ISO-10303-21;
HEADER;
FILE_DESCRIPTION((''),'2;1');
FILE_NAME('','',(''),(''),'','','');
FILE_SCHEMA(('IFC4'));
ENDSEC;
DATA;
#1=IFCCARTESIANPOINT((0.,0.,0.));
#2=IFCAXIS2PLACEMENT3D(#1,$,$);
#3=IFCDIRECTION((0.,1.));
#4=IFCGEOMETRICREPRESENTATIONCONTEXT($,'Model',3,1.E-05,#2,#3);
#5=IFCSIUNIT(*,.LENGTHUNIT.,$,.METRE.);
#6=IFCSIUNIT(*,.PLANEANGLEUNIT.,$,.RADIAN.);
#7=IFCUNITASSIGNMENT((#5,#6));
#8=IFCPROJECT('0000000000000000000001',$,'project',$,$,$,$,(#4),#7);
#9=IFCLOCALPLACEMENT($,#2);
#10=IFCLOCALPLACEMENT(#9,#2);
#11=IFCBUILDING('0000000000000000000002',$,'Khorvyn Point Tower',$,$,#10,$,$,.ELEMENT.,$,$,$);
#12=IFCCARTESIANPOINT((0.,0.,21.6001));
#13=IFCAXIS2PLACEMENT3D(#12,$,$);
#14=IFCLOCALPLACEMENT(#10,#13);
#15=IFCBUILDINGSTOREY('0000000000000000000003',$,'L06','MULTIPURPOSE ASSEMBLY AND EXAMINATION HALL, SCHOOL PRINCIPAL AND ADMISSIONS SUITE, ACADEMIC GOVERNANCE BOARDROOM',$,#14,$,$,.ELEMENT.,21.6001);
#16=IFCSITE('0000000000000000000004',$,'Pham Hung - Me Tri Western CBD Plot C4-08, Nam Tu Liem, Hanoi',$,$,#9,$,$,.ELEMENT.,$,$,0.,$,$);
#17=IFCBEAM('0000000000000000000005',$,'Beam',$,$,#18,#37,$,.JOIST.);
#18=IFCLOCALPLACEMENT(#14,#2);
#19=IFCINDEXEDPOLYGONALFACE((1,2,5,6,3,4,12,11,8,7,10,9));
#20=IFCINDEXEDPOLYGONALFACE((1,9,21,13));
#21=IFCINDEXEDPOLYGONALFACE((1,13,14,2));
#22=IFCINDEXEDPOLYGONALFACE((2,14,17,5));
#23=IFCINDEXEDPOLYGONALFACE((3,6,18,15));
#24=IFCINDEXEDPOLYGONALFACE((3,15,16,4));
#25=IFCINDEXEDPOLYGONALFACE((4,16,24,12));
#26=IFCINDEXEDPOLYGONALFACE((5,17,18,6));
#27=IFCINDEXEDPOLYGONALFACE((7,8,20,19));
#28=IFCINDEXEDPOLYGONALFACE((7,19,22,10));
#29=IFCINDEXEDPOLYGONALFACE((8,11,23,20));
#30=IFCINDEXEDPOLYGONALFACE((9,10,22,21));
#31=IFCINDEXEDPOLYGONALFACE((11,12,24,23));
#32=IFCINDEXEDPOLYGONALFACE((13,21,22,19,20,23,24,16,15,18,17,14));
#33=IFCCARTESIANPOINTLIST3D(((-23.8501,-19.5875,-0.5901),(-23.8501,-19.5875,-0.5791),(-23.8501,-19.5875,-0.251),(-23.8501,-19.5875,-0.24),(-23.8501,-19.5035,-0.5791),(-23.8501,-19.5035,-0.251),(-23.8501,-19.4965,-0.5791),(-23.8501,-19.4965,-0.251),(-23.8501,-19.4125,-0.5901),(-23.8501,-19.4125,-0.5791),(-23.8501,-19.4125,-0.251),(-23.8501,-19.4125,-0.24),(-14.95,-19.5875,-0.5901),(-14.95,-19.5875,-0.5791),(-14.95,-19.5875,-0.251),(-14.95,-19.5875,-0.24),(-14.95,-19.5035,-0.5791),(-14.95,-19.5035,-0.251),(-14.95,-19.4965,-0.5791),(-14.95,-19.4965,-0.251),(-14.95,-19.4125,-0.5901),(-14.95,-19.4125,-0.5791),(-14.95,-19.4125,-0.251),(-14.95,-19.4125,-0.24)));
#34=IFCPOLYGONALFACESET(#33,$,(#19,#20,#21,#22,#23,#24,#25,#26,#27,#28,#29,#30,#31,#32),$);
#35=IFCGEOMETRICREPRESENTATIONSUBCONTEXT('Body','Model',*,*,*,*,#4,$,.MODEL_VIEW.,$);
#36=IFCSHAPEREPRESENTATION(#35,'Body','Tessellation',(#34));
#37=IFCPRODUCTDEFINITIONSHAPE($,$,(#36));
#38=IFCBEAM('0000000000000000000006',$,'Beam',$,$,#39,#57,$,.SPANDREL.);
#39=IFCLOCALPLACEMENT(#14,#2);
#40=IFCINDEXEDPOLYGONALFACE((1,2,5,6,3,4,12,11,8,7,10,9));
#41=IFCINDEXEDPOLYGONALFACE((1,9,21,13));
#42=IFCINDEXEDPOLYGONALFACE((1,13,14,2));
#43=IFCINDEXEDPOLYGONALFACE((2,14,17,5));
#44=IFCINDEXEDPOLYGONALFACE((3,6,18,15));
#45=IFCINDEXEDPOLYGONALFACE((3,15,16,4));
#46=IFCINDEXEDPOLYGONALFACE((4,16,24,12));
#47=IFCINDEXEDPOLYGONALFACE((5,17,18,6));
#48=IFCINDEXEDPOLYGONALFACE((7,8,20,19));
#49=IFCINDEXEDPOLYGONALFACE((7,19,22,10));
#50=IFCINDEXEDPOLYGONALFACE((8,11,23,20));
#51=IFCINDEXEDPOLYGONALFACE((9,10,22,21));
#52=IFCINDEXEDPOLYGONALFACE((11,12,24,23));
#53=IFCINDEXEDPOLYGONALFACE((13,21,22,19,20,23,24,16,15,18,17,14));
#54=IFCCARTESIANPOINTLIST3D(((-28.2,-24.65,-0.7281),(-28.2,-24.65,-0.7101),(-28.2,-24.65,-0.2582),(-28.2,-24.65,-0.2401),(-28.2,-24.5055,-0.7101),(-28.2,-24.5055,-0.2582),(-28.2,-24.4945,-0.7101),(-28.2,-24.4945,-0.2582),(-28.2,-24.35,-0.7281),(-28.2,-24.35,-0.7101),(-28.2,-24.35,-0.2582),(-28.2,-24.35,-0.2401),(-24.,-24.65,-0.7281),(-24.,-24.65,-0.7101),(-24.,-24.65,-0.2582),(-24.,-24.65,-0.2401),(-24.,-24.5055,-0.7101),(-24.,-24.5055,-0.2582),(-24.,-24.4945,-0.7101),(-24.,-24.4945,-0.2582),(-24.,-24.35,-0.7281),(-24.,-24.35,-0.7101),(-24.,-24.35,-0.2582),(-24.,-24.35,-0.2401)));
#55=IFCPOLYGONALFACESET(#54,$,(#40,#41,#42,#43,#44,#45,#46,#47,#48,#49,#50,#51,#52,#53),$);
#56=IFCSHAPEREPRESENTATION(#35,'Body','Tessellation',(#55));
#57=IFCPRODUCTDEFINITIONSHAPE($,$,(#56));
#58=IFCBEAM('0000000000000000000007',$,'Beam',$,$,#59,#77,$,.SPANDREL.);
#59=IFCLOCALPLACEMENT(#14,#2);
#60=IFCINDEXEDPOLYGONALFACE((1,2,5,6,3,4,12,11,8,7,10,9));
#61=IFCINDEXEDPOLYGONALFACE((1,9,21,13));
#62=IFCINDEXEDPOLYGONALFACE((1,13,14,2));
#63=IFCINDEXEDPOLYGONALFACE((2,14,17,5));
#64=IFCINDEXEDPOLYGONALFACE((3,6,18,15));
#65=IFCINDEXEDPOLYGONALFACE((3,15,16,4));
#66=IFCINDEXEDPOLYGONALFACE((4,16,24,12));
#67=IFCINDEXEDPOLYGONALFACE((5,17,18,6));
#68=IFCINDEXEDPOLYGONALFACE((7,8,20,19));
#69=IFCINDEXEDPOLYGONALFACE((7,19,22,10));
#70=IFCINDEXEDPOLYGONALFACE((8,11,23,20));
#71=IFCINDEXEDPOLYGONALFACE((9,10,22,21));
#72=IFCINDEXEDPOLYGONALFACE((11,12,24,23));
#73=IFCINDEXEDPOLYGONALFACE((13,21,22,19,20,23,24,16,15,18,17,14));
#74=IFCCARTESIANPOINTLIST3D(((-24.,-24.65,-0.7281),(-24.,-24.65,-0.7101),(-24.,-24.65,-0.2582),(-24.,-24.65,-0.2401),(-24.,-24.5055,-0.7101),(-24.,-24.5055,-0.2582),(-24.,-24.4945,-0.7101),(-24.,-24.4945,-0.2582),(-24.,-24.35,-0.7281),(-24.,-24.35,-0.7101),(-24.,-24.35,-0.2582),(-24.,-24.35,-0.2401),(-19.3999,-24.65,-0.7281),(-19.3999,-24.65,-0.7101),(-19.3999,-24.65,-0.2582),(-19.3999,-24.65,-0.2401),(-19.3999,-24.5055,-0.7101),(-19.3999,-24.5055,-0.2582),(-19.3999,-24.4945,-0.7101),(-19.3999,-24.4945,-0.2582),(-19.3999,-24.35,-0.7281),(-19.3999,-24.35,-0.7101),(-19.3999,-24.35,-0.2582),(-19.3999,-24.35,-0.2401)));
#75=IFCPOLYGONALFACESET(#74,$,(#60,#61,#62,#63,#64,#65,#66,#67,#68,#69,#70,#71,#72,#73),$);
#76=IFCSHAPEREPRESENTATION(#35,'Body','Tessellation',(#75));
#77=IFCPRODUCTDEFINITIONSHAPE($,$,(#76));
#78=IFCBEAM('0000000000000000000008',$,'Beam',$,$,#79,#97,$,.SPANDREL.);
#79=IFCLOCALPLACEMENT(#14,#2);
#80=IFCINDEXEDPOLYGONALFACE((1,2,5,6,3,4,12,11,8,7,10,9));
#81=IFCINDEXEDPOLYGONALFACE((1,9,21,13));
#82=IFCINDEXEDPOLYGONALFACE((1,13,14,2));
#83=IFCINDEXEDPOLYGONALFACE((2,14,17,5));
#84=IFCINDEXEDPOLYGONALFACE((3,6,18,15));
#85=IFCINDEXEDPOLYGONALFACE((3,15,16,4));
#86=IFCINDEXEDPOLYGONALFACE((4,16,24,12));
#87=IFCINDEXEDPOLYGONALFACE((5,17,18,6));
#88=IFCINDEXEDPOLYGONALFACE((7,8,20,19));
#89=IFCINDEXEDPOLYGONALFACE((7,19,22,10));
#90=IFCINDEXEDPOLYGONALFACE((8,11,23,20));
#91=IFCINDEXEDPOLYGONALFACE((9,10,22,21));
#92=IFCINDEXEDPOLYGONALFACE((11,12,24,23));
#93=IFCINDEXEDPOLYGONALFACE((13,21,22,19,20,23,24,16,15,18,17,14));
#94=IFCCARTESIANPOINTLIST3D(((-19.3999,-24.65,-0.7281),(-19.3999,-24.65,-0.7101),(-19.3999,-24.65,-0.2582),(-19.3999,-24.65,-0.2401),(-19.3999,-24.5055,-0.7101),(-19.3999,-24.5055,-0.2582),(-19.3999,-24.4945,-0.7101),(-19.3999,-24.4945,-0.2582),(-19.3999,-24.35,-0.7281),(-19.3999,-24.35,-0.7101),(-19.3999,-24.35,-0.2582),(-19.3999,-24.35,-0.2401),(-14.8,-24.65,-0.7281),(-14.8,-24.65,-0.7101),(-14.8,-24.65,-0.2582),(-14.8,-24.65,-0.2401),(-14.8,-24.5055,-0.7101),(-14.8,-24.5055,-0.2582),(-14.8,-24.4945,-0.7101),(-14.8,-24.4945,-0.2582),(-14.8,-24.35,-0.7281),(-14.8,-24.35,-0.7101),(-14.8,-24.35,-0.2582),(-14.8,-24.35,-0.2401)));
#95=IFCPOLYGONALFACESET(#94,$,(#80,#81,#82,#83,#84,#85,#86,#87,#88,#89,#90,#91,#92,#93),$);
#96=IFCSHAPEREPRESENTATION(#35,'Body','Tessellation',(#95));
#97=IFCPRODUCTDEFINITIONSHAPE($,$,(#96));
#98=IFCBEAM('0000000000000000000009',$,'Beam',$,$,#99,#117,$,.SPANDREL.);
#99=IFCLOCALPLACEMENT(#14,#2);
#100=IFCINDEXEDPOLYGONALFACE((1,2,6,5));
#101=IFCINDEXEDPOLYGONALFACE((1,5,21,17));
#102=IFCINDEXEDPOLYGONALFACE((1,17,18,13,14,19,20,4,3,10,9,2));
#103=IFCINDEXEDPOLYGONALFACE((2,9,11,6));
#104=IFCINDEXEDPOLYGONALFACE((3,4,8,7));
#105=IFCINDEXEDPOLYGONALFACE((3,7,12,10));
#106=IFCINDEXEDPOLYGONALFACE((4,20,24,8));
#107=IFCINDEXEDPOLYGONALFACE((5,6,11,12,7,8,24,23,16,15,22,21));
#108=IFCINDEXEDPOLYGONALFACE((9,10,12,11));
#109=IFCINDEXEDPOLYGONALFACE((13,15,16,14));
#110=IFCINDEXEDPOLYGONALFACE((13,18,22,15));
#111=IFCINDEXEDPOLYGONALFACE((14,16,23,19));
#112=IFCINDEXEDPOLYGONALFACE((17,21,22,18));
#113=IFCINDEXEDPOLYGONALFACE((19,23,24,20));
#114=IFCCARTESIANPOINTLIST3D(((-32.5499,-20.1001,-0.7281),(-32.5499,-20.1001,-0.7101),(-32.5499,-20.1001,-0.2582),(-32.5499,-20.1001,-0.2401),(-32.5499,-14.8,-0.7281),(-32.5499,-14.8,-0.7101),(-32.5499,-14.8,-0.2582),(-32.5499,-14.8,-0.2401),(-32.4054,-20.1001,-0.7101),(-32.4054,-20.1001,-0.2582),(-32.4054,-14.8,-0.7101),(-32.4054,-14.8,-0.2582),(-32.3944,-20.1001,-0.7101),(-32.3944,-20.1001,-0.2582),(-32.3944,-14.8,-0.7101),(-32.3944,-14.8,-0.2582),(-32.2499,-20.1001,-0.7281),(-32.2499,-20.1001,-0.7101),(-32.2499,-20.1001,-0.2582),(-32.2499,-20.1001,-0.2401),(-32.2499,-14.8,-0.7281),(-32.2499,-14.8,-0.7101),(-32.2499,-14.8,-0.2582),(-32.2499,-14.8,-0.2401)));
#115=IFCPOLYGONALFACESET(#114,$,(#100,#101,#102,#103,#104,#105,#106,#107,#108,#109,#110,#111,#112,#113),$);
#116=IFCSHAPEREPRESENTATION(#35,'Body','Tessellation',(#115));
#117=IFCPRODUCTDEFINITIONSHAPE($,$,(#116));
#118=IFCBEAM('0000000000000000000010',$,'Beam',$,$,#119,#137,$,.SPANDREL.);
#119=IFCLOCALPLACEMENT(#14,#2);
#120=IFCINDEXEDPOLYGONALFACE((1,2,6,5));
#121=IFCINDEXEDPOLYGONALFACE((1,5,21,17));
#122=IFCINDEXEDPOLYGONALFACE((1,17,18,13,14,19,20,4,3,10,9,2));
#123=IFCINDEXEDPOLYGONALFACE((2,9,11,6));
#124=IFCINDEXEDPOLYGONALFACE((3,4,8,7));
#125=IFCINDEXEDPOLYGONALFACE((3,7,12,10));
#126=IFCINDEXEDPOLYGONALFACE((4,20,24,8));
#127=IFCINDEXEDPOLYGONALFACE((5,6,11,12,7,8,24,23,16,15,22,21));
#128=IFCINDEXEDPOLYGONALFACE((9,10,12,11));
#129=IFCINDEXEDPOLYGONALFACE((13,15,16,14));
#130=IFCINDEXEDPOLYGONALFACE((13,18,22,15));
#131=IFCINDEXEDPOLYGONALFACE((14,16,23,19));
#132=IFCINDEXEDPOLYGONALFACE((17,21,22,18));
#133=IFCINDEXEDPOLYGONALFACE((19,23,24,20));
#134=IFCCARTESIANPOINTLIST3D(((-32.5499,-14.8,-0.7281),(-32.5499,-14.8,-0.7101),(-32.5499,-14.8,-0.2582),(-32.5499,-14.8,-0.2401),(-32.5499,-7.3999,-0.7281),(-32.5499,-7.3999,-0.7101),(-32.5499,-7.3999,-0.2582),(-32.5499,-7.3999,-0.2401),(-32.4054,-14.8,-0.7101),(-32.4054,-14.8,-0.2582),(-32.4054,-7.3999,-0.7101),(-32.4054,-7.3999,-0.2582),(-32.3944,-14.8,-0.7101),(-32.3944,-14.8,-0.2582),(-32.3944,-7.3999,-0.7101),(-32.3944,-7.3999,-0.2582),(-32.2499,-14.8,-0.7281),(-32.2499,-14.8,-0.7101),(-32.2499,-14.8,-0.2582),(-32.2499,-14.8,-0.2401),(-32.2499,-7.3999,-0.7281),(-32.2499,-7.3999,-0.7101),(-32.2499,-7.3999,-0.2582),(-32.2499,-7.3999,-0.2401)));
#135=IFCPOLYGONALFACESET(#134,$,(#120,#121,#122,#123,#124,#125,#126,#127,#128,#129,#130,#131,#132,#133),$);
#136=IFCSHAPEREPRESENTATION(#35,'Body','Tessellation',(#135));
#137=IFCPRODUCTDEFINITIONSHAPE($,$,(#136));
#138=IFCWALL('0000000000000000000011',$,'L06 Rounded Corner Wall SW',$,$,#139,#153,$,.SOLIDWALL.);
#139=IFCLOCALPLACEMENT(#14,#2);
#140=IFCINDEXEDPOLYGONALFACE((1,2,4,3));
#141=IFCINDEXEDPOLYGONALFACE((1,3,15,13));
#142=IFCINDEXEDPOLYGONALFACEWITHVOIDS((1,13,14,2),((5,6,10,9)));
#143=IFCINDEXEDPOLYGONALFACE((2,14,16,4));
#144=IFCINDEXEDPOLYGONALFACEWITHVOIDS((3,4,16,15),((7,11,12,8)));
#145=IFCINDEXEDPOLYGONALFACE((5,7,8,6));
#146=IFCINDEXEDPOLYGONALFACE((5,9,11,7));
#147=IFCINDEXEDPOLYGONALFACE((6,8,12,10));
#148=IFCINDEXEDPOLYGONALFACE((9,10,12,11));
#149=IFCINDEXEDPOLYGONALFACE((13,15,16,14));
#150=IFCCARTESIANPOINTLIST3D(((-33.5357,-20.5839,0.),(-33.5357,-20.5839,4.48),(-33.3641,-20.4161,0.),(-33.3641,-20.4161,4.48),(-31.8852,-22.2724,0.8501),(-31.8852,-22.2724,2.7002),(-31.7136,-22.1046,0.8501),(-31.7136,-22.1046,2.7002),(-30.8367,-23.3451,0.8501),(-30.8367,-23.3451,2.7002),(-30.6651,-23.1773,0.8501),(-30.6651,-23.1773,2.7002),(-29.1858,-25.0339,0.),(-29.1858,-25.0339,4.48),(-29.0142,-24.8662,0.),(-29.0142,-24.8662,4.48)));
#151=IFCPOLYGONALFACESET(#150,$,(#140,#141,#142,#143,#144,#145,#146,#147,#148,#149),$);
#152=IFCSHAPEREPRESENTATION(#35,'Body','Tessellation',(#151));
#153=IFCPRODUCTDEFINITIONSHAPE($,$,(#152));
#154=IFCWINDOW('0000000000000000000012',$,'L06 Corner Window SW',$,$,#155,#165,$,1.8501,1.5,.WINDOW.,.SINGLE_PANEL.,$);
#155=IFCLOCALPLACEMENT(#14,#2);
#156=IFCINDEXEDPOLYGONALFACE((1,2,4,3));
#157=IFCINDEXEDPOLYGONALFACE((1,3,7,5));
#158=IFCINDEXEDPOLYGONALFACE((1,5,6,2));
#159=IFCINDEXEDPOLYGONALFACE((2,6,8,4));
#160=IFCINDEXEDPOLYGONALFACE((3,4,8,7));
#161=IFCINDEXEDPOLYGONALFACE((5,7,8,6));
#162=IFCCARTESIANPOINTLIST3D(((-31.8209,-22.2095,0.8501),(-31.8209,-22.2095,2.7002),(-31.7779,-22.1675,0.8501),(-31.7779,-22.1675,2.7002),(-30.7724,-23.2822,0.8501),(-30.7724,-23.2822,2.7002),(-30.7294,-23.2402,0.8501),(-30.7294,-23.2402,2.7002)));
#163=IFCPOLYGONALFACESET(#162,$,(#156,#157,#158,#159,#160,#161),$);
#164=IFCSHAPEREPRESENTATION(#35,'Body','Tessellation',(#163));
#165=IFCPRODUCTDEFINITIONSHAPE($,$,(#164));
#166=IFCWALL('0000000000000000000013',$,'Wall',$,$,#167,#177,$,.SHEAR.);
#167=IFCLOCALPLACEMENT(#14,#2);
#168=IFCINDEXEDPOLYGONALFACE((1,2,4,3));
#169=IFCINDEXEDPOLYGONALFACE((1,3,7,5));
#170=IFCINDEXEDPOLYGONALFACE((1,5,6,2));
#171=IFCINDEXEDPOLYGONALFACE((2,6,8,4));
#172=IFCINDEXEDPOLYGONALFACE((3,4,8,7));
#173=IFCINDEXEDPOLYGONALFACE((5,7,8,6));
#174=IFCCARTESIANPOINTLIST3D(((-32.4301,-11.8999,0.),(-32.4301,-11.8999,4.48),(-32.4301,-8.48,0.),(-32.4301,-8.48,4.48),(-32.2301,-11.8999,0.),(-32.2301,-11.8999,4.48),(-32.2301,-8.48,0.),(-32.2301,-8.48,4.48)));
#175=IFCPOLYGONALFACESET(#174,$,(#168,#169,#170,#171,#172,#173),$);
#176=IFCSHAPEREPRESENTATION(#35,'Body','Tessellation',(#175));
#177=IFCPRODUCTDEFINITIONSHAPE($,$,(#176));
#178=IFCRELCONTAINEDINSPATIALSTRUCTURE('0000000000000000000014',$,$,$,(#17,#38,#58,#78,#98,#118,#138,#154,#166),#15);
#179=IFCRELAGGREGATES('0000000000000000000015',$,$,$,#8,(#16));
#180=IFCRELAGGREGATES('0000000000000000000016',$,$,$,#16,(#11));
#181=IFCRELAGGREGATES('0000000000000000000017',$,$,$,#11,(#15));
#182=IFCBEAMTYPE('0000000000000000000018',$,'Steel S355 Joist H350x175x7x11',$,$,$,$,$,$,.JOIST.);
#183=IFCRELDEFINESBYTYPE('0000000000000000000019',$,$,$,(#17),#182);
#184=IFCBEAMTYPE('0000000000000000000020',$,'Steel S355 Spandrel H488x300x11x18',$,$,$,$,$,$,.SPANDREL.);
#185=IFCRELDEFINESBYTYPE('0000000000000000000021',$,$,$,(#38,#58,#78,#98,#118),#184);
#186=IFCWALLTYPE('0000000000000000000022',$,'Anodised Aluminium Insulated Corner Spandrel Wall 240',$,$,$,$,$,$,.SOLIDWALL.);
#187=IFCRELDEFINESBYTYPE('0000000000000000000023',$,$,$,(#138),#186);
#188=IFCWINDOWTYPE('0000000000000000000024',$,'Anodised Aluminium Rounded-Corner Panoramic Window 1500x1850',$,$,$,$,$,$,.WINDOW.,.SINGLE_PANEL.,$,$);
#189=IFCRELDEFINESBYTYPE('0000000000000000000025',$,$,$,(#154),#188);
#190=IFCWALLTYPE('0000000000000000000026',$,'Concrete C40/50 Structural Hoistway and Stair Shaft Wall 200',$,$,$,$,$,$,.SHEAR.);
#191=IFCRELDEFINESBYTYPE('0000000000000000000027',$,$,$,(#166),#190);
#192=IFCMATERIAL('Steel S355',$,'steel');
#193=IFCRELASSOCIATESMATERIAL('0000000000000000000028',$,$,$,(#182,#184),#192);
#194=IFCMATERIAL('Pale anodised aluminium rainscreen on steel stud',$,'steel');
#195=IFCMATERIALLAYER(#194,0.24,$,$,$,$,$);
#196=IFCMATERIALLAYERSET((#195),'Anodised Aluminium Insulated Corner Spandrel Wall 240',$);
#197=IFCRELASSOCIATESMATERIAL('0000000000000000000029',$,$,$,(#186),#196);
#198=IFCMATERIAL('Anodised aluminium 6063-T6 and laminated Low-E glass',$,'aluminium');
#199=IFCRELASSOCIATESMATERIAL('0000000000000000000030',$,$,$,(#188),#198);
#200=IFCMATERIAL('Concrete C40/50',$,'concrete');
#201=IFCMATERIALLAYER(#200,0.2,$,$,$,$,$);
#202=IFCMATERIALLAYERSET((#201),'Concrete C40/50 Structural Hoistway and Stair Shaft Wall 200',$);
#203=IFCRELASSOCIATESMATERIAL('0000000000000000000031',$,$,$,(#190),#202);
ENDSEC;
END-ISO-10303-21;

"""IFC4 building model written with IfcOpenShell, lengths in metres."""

from ifc_helpers import new_model, si_unit, direction, frame, frame_2d, origin, origin_2d, place, context, subcontext, project, spatial, rectangle, i_section, extrude, material, layer, layer_set, material_profile, profile_set, type_object, element, fill, save


model = new_model("IFC4")

# Units and contexts
model_context = context("Model", 3, precision=1e-05, world=origin(), true_north=direction((0.0, 1.0)))
body_context = subcontext(model_context, "Body", "Model", "MODEL_VIEW")
ifc_project = project(units=[si_unit("LENGTHUNIT", "METRE"), si_unit("PLANEANGLEUNIT", "RADIAN")], contexts=[model_context])

# Site, building, storey
site_placement = place(None, origin())
site = spatial("IfcSite", under=ifc_project, at=site_placement, Name="Pham Hung - Me Tri Western CBD Plot C4-08, Nam Tu Liem, Hanoi", CompositionType="ELEMENT", RefElevation=0.0)
building_placement = place(site_placement, origin())
building = spatial("IfcBuilding", under=site, at=building_placement, Name="Khorvyn Point Tower", CompositionType="ELEMENT")
storey_placement = place(building_placement, frame((0.0, 0.0, 21.6001)))
storey = spatial("IfcBuildingStorey", under=building, at=storey_placement, Name="L06", Description="MULTIPURPOSE ASSEMBLY AND EXAMINATION HALL, SCHOOL PRINCIPAL AND ADMISSIONS SUITE, ACADEMIC GOVERNANCE BOARDROOM", CompositionType="ELEMENT", Elevation=21.6001)

# Shared definitions
ifc_material_1 = material(Name="Concrete C40/50", Category="concrete")

# Beams
ifc_material_2 = material(Name="Steel S355", Category="steel")
ifc_material_profile_1 = material_profile(ifc_material_2, i_section(OverallWidth=0.175, OverallDepth=0.3501, WebThickness=0.0071, FlangeThickness=0.011, at=origin_2d()))
ifc_profile_set_1 = profile_set([ifc_material_profile_1], Name="Steel S355 H350x175x7x11")
beam_type_1 = type_object("IfcBeamType", Name="Steel S355 Joist H350x175x7x11", PredefinedType="JOIST", material=ifc_profile_set_1)
beam_1_placement = place(storey_placement, frame((-23.8501, -19.5, -0.415), z_axis=(1.0, 0.0, 0.0), x_axis=(0.0, 1.0, 0.0)))
element("IfcBeam", 1, at=beam_1_placement, inside=storey, type_object=beam_type_1, Name="Beam", PredefinedType="JOIST", context=body_context, shape_type="SweptSolid", body=[
    extrude(i_section(OverallWidth=0.175, OverallDepth=0.3501, WebThickness=0.0071, FlangeThickness=0.011, at=origin_2d()), origin(), (0.0, 0.0, 1.0), 8.9001),
])
ifc_material_profile_2 = material_profile(ifc_material_2, i_section(OverallWidth=0.3, OverallDepth=0.488, WebThickness=0.011, FlangeThickness=0.0181, at=origin_2d()))
ifc_profile_set_2 = profile_set([ifc_material_profile_2], Name="Steel S355 H488x300x11x18")
beam_type_2 = type_object("IfcBeamType", Name="Steel S355 Spandrel H488x300x11x18", PredefinedType="SPANDREL", material=ifc_profile_set_2)
beam_2_placement = place(storey_placement, frame((-28.2, -24.5, -0.4841), z_axis=(1.0, 0.0, 0.0), x_axis=(0.0, 1.0, 0.0)))
element("IfcBeam", 2, at=beam_2_placement, inside=storey, type_object=beam_type_2, Name="Beam", PredefinedType="SPANDREL", context=body_context, shape_type="SweptSolid", body=[
    extrude(i_section(OverallWidth=0.3, OverallDepth=0.488, WebThickness=0.011, FlangeThickness=0.0181, at=origin_2d()), origin(), (0.0, 0.0, 1.0), 4.2),
])
beam_3_placement = place(storey_placement, frame((-24.0, -24.5, -0.4841), z_axis=(1.0, 0.0, 0.0), x_axis=(0.0, 1.0, 0.0)))
element("IfcBeam", 3, at=beam_3_placement, inside=storey, type_object=beam_type_2, Name="Beam", PredefinedType="SPANDREL", context=body_context, shape_type="SweptSolid", body=[
    extrude(i_section(OverallWidth=0.3, OverallDepth=0.488, WebThickness=0.011, FlangeThickness=0.0181, at=origin_2d()), origin(), (0.0, 0.0, 1.0), 4.6001),
])
beam_4_placement = place(storey_placement, frame((-19.3999, -24.5, -0.4841), z_axis=(1.0, 0.0, 0.0), x_axis=(0.0, 1.0, 0.0)))
element("IfcBeam", 4, at=beam_4_placement, inside=storey, type_object=beam_type_2, Name="Beam", PredefinedType="SPANDREL", context=body_context, shape_type="SweptSolid", body=[
    extrude(i_section(OverallWidth=0.3, OverallDepth=0.488, WebThickness=0.011, FlangeThickness=0.0181, at=origin_2d()), origin(), (0.0, 0.0, 1.0), 4.5999),
])
beam_5_placement = place(storey_placement, frame((-32.3999, -20.1001, -0.4841), z_axis=(0.0, 1.0, 0.0), x_axis=(-1.0, 0.0, 0.0)))
element("IfcBeam", 5, at=beam_5_placement, inside=storey, type_object=beam_type_2, Name="Beam", PredefinedType="SPANDREL", context=body_context, shape_type="SweptSolid", body=[
    extrude(i_section(OverallWidth=0.3, OverallDepth=0.488, WebThickness=0.011, FlangeThickness=0.0181, at=origin_2d()), origin(), (0.0, 0.0, 1.0), 5.3),
])
beam_6_placement = place(storey_placement, frame((-32.3999, -14.8, -0.4841), z_axis=(0.0, 1.0, 0.0), x_axis=(-1.0, 0.0, 0.0)))
element("IfcBeam", 6, at=beam_6_placement, inside=storey, type_object=beam_type_2, Name="Beam", PredefinedType="SPANDREL", context=body_context, shape_type="SweptSolid", body=[
    extrude(i_section(OverallWidth=0.3, OverallDepth=0.488, WebThickness=0.011, FlangeThickness=0.0181, at=origin_2d()), origin(), (0.0, 0.0, 1.0), 7.4001),
])

# Wall, opening, window
ifc_material_3 = material(Name="Pale anodised aluminium rainscreen on steel stud", Category="steel")
ifc_layer_1 = layer(ifc_material_3, 0.24)
ifc_layer_set_1 = layer_set([ifc_layer_1], Name="Anodised Aluminium Insulated Corner Spandrel Wall 240")
wall_type_1 = type_object("IfcWallType", Name="Anodised Aluminium Insulated Corner Spandrel Wall 240", PredefinedType="SOLIDWALL", material=ifc_layer_set_1)
wall_1_placement = place(storey_placement, frame((-29.1001, -24.95, 0.0), z_axis=(0.0, 0.0, 1.0), x_axis=(-0.699018, 0.715104, 0.0)))
wall_1 = element("IfcWall", 7, at=wall_1_placement, inside=storey, type_object=wall_type_1, Name="L06 Rounded Corner Wall SW", PredefinedType="SOLIDWALL", context=body_context, shape_type="SweptSolid", body=[
    extrude(rectangle(XDim=6.2229, YDim=0.24, at=frame_2d((3.1113, 0.0))), origin(), (0.0, 0.0, 1.0), 4.48),
])
opening_1_placement = place(wall_1_placement, frame((2.3616, 0.0, 0.8501)))
opening_1 = element("IfcOpeningElement", 8, at=opening_1_placement, cuts=wall_1, PredefinedType="OPENING", context=body_context, shape_type="SweptSolid", body=[
    extrude(rectangle(XDim=1.5, YDim=1.8501, at=frame_2d((0.75, 0.925))), frame((0.0, 0.1299, 0.0), z_axis=(0.0, -1.0, 0.0), x_axis=(1.0, 0.0, 0.0)), (0.0, 0.0, 1.0), 0.26),
])
ifc_material_4 = material(Name="Anodised aluminium 6063-T6 and laminated Low-E glass", Category="aluminium")
window_type = type_object("IfcWindowType", Name="Anodised Aluminium Rounded-Corner Panoramic Window 1500x1850", PartitioningType="SINGLE_PANEL", PredefinedType="WINDOW", material=ifc_material_4)
window_placement = place(opening_1_placement, origin())
window = element("IfcWindow", 9, at=window_placement, inside=storey, type_object=window_type, Name="L06 Corner Window SW", OverallHeight=1.8501, OverallWidth=1.5, PartitioningType="SINGLE_PANEL", PredefinedType="WINDOW", context=body_context, shape_type="SweptSolid", body=[
    extrude(rectangle(XDim=1.5, YDim=1.8501, at=frame_2d((0.75, 0.925))), frame((0.0, 0.03, 0.0), z_axis=(0.0, -1.0, 0.0), x_axis=(1.0, 0.0, 0.0)), (0.0, 0.0, 1.0), 0.0601),
])
fill(opening_1, window)

# Wall
ifc_layer_2 = layer(ifc_material_1, 0.2)
ifc_layer_set_2 = layer_set([ifc_layer_2], Name="Concrete C40/50 Structural Hoistway and Stair Shaft Wall 200")
wall_type_2 = type_object("IfcWallType", Name="Concrete C40/50 Structural Hoistway and Stair Shaft Wall 200", PredefinedType="SHEAR", material=ifc_layer_set_2)
wall_2_placement = place(storey_placement, frame((-32.3301, -11.8999, 0.0), z_axis=(0.0, 0.0, 1.0), x_axis=(0.0, 1.0, 0.0)))
element("IfcWall", 10, at=wall_2_placement, inside=storey, type_object=wall_type_2, Name="Wall", PredefinedType="SHEAR", context=body_context, shape_type="SweptSolid", body=[
    extrude(rectangle(XDim=3.4199, YDim=0.2, at=frame_2d((1.71, 0.0))), origin(), (0.0, 0.0, 1.0), 4.48),
])

save(model, "model.ifc")
